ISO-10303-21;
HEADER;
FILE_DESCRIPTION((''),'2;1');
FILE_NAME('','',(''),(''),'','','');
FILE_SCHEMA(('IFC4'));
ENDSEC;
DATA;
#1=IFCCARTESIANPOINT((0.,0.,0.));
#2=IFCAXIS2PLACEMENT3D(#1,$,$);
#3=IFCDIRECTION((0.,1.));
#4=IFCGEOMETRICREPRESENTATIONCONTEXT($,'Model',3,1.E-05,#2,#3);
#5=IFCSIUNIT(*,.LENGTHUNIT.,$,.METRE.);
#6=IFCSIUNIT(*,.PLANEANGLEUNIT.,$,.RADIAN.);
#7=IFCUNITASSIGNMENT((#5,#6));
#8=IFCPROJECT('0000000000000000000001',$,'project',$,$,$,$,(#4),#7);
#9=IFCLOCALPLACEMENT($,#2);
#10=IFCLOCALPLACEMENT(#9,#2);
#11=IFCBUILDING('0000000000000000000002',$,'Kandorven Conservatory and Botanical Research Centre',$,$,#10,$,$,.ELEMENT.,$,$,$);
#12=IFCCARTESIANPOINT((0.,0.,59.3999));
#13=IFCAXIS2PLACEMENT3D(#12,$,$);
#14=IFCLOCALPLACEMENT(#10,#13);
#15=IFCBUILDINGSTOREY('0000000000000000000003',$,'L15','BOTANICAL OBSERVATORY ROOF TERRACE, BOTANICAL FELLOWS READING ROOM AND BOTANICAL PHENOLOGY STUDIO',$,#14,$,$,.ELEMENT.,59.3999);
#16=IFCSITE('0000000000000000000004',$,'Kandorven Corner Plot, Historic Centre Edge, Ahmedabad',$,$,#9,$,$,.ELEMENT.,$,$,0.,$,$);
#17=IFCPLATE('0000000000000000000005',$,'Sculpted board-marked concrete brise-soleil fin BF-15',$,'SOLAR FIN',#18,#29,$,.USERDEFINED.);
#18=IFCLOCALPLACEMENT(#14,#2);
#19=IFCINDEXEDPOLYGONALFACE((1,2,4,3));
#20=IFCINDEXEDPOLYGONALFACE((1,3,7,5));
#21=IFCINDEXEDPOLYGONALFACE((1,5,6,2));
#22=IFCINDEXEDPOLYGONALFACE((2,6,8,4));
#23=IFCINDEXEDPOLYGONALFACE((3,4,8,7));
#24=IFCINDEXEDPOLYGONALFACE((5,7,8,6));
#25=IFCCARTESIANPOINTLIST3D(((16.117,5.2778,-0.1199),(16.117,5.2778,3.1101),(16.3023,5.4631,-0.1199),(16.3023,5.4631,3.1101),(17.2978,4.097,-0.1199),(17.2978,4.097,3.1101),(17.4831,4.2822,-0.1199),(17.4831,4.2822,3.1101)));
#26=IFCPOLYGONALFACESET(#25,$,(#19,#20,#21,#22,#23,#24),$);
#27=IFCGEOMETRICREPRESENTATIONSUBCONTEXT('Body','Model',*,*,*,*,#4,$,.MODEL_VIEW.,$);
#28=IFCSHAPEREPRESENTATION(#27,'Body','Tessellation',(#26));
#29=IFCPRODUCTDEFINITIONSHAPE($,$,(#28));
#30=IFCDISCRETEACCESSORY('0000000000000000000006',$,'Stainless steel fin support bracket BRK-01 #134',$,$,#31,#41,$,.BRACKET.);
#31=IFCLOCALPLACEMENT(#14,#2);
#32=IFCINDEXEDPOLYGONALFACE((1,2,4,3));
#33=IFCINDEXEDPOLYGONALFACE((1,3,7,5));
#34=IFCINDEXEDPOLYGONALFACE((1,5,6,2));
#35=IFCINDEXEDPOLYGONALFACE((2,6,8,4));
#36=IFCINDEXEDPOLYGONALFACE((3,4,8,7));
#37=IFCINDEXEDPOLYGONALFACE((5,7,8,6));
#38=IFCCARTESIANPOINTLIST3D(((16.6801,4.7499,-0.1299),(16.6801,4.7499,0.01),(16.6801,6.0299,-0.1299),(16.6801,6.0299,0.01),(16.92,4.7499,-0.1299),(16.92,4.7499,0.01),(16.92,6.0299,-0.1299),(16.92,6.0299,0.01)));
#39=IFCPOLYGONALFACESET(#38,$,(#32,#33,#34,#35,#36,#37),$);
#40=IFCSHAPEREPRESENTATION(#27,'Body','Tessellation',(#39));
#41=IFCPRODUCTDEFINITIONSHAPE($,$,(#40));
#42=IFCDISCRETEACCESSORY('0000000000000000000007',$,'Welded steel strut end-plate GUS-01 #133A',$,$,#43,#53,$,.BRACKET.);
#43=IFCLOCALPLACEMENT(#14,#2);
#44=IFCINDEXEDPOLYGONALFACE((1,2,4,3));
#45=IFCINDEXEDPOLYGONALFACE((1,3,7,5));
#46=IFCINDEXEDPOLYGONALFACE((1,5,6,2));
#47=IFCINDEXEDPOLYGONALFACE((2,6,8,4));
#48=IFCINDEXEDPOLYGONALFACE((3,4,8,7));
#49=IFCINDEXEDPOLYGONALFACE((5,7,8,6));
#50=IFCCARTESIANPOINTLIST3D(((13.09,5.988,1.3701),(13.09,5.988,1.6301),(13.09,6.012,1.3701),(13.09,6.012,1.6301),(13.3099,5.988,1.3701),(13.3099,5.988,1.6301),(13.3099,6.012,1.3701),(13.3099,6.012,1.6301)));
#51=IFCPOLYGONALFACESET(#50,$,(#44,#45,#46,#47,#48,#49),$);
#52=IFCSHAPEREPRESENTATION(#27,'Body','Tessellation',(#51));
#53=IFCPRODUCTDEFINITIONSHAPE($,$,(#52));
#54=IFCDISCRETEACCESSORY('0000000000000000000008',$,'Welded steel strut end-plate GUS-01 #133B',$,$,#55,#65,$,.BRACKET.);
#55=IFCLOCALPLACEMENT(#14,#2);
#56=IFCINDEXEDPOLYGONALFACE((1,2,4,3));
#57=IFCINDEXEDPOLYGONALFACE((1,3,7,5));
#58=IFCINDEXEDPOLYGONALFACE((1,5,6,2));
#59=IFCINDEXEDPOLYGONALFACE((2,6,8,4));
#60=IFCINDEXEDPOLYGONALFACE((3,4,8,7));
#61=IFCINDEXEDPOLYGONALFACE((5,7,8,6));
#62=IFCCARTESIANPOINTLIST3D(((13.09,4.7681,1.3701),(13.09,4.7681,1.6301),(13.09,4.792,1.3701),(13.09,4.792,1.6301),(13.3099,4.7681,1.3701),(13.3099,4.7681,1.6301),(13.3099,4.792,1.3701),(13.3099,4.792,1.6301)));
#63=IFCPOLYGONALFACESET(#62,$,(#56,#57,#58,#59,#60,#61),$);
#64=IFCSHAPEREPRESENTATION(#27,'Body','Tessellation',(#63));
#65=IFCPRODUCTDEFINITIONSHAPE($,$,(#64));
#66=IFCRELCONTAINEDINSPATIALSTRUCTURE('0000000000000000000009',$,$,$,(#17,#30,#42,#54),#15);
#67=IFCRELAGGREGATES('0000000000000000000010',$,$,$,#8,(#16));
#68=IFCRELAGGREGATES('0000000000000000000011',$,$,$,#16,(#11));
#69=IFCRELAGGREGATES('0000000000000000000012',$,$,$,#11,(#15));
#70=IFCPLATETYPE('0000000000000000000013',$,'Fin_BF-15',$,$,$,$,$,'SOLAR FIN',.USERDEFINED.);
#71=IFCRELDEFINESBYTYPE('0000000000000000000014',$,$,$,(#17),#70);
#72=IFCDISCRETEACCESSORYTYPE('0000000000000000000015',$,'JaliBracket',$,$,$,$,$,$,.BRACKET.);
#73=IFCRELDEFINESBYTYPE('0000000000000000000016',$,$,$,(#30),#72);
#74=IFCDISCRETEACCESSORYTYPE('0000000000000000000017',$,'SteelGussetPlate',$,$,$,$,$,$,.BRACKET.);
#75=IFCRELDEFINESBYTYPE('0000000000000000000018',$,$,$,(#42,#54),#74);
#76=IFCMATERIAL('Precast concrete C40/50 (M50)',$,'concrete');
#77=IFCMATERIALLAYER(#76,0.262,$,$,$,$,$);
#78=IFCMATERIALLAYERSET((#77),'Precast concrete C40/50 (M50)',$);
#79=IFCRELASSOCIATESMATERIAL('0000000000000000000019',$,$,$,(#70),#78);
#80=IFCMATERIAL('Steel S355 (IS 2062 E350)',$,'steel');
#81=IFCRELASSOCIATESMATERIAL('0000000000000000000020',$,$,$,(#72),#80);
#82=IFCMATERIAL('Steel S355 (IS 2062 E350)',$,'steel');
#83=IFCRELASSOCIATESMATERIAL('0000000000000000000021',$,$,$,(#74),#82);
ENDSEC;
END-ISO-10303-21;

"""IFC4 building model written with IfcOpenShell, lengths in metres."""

from ifc_helpers import new_model, si_unit, direction, frame, origin, origin_2d, place, context, subcontext, project, spatial, rectangle, extrude, material, layer, layer_set, type_object, element, save


model = new_model("IFC4")

# Units and contexts
model_context = context("Model", 3, precision=1e-05, world=origin(), true_north=direction((0.0, 1.0)))
body_context = subcontext(model_context, "Body", "Model", "MODEL_VIEW")
ifc_project = project(units=[si_unit("LENGTHUNIT", "METRE"), si_unit("PLANEANGLEUNIT", "RADIAN")], contexts=[model_context])

# Site, building, storey
site_placement = place(None, origin())
site = spatial("IfcSite", under=ifc_project, at=site_placement, Name="Kandorven Corner Plot, Historic Centre Edge, Ahmedabad", CompositionType="ELEMENT", RefElevation=0.0)
building_placement = place(site_placement, origin())
building = spatial("IfcBuilding", under=site, at=building_placement, Name="Kandorven Conservatory and Botanical Research Centre", CompositionType="ELEMENT")
storey_placement = place(building_placement, frame((0.0, 0.0, 59.3999)))
storey = spatial("IfcBuildingStorey", under=building, at=storey_placement, Name="L15", Description="BOTANICAL OBSERVATORY ROOF TERRACE, BOTANICAL FELLOWS READING ROOM AND BOTANICAL PHENOLOGY STUDIO", CompositionType="ELEMENT", Elevation=59.3999)

# Plate
ifc_material_1 = material(Name="Precast concrete C40/50 (M50)", Category="concrete")
ifc_layer_1 = layer(ifc_material_1, 0.262)
ifc_layer_set_1 = layer_set([ifc_layer_1], Name="Precast concrete C40/50 (M50)")
plate_type_1 = type_object("IfcPlateType", Name="Fin_BF-15", ElementType="SOLAR FIN", PredefinedType="USERDEFINED", material=ifc_layer_set_1)
plate_1_placement = place(storey_placement, frame((16.8, 4.78, -0.1199), z_axis=(0.0, 0.0, 1.0), x_axis=(-0.707107, 0.707107, 0.0)))
element("IfcPlate", 1, at=plate_1_placement, inside=storey, type_object=plate_type_1, Name="Sculpted board-marked concrete brise-soleil fin BF-15", ObjectType="SOLAR FIN", PredefinedType="USERDEFINED", context=body_context, shape_type="SweptSolid", body=[
    extrude(rectangle(XDim=1.6699, YDim=0.262, at=origin_2d()), origin(), (0.0, 0.0, 1.0), 3.23),
])

# Discrete accessories
ifc_material_2 = material(Name="Steel S355 (IS 2062 E350)", Category="steel")
discrete_accessory_type_1 = type_object("IfcDiscreteAccessoryType", Name="JaliBracket", PredefinedType="BRACKET", material=ifc_material_2)
discrete_accessory_placement = place(storey_placement, frame((16.8, 5.3899, -0.1299), z_axis=(0.0, 0.0, 1.0), x_axis=(1.0, 0.0, 0.0)))
element("IfcDiscreteAccessory", 2, at=discrete_accessory_placement, inside=storey, type_object=discrete_accessory_type_1, Name="Stainless steel fin support bracket BRK-01 #134", PredefinedType="BRACKET", context=body_context, shape_type="SweptSolid", body=[
    extrude(rectangle(XDim=0.24, YDim=1.28, at=origin_2d()), origin(), (0.0, 0.0, 1.0), 0.1399),
])
ifc_material_3 = material(Name="Steel S355 (IS 2062 E350)", Category="steel")
discrete_accessory_type_2 = type_object("IfcDiscreteAccessoryType", Name="SteelGussetPlate", PredefinedType="BRACKET", material=ifc_material_3)
for number, where, z_axis, x_axis, name in (
    (3, (13.2, 6.0, 1.3701), (0.0, 0.0, 1.0), (1.0, 0.0, 0.0), "Welded steel strut end-plate GUS-01 #133A"),
    (4, (13.2, 4.78, 1.3701), (0.0, 0.0, 1.0), (1.0, 0.0, 0.0), "Welded steel strut end-plate GUS-01 #133B"),
):
    element("IfcDiscreteAccessory", number, at=place(storey_placement, frame(where, z_axis=z_axis, x_axis=x_axis)), inside=storey, type_object=discrete_accessory_type_2, Name=name, PredefinedType="BRACKET", context=body_context, shape_type="SweptSolid", body=[
        extrude(rectangle(XDim=0.22, YDim=0.0239, at=origin_2d()), origin(), (0.0, 0.0, 1.0), 0.26),
    ])

save(model, "model.ifc")
